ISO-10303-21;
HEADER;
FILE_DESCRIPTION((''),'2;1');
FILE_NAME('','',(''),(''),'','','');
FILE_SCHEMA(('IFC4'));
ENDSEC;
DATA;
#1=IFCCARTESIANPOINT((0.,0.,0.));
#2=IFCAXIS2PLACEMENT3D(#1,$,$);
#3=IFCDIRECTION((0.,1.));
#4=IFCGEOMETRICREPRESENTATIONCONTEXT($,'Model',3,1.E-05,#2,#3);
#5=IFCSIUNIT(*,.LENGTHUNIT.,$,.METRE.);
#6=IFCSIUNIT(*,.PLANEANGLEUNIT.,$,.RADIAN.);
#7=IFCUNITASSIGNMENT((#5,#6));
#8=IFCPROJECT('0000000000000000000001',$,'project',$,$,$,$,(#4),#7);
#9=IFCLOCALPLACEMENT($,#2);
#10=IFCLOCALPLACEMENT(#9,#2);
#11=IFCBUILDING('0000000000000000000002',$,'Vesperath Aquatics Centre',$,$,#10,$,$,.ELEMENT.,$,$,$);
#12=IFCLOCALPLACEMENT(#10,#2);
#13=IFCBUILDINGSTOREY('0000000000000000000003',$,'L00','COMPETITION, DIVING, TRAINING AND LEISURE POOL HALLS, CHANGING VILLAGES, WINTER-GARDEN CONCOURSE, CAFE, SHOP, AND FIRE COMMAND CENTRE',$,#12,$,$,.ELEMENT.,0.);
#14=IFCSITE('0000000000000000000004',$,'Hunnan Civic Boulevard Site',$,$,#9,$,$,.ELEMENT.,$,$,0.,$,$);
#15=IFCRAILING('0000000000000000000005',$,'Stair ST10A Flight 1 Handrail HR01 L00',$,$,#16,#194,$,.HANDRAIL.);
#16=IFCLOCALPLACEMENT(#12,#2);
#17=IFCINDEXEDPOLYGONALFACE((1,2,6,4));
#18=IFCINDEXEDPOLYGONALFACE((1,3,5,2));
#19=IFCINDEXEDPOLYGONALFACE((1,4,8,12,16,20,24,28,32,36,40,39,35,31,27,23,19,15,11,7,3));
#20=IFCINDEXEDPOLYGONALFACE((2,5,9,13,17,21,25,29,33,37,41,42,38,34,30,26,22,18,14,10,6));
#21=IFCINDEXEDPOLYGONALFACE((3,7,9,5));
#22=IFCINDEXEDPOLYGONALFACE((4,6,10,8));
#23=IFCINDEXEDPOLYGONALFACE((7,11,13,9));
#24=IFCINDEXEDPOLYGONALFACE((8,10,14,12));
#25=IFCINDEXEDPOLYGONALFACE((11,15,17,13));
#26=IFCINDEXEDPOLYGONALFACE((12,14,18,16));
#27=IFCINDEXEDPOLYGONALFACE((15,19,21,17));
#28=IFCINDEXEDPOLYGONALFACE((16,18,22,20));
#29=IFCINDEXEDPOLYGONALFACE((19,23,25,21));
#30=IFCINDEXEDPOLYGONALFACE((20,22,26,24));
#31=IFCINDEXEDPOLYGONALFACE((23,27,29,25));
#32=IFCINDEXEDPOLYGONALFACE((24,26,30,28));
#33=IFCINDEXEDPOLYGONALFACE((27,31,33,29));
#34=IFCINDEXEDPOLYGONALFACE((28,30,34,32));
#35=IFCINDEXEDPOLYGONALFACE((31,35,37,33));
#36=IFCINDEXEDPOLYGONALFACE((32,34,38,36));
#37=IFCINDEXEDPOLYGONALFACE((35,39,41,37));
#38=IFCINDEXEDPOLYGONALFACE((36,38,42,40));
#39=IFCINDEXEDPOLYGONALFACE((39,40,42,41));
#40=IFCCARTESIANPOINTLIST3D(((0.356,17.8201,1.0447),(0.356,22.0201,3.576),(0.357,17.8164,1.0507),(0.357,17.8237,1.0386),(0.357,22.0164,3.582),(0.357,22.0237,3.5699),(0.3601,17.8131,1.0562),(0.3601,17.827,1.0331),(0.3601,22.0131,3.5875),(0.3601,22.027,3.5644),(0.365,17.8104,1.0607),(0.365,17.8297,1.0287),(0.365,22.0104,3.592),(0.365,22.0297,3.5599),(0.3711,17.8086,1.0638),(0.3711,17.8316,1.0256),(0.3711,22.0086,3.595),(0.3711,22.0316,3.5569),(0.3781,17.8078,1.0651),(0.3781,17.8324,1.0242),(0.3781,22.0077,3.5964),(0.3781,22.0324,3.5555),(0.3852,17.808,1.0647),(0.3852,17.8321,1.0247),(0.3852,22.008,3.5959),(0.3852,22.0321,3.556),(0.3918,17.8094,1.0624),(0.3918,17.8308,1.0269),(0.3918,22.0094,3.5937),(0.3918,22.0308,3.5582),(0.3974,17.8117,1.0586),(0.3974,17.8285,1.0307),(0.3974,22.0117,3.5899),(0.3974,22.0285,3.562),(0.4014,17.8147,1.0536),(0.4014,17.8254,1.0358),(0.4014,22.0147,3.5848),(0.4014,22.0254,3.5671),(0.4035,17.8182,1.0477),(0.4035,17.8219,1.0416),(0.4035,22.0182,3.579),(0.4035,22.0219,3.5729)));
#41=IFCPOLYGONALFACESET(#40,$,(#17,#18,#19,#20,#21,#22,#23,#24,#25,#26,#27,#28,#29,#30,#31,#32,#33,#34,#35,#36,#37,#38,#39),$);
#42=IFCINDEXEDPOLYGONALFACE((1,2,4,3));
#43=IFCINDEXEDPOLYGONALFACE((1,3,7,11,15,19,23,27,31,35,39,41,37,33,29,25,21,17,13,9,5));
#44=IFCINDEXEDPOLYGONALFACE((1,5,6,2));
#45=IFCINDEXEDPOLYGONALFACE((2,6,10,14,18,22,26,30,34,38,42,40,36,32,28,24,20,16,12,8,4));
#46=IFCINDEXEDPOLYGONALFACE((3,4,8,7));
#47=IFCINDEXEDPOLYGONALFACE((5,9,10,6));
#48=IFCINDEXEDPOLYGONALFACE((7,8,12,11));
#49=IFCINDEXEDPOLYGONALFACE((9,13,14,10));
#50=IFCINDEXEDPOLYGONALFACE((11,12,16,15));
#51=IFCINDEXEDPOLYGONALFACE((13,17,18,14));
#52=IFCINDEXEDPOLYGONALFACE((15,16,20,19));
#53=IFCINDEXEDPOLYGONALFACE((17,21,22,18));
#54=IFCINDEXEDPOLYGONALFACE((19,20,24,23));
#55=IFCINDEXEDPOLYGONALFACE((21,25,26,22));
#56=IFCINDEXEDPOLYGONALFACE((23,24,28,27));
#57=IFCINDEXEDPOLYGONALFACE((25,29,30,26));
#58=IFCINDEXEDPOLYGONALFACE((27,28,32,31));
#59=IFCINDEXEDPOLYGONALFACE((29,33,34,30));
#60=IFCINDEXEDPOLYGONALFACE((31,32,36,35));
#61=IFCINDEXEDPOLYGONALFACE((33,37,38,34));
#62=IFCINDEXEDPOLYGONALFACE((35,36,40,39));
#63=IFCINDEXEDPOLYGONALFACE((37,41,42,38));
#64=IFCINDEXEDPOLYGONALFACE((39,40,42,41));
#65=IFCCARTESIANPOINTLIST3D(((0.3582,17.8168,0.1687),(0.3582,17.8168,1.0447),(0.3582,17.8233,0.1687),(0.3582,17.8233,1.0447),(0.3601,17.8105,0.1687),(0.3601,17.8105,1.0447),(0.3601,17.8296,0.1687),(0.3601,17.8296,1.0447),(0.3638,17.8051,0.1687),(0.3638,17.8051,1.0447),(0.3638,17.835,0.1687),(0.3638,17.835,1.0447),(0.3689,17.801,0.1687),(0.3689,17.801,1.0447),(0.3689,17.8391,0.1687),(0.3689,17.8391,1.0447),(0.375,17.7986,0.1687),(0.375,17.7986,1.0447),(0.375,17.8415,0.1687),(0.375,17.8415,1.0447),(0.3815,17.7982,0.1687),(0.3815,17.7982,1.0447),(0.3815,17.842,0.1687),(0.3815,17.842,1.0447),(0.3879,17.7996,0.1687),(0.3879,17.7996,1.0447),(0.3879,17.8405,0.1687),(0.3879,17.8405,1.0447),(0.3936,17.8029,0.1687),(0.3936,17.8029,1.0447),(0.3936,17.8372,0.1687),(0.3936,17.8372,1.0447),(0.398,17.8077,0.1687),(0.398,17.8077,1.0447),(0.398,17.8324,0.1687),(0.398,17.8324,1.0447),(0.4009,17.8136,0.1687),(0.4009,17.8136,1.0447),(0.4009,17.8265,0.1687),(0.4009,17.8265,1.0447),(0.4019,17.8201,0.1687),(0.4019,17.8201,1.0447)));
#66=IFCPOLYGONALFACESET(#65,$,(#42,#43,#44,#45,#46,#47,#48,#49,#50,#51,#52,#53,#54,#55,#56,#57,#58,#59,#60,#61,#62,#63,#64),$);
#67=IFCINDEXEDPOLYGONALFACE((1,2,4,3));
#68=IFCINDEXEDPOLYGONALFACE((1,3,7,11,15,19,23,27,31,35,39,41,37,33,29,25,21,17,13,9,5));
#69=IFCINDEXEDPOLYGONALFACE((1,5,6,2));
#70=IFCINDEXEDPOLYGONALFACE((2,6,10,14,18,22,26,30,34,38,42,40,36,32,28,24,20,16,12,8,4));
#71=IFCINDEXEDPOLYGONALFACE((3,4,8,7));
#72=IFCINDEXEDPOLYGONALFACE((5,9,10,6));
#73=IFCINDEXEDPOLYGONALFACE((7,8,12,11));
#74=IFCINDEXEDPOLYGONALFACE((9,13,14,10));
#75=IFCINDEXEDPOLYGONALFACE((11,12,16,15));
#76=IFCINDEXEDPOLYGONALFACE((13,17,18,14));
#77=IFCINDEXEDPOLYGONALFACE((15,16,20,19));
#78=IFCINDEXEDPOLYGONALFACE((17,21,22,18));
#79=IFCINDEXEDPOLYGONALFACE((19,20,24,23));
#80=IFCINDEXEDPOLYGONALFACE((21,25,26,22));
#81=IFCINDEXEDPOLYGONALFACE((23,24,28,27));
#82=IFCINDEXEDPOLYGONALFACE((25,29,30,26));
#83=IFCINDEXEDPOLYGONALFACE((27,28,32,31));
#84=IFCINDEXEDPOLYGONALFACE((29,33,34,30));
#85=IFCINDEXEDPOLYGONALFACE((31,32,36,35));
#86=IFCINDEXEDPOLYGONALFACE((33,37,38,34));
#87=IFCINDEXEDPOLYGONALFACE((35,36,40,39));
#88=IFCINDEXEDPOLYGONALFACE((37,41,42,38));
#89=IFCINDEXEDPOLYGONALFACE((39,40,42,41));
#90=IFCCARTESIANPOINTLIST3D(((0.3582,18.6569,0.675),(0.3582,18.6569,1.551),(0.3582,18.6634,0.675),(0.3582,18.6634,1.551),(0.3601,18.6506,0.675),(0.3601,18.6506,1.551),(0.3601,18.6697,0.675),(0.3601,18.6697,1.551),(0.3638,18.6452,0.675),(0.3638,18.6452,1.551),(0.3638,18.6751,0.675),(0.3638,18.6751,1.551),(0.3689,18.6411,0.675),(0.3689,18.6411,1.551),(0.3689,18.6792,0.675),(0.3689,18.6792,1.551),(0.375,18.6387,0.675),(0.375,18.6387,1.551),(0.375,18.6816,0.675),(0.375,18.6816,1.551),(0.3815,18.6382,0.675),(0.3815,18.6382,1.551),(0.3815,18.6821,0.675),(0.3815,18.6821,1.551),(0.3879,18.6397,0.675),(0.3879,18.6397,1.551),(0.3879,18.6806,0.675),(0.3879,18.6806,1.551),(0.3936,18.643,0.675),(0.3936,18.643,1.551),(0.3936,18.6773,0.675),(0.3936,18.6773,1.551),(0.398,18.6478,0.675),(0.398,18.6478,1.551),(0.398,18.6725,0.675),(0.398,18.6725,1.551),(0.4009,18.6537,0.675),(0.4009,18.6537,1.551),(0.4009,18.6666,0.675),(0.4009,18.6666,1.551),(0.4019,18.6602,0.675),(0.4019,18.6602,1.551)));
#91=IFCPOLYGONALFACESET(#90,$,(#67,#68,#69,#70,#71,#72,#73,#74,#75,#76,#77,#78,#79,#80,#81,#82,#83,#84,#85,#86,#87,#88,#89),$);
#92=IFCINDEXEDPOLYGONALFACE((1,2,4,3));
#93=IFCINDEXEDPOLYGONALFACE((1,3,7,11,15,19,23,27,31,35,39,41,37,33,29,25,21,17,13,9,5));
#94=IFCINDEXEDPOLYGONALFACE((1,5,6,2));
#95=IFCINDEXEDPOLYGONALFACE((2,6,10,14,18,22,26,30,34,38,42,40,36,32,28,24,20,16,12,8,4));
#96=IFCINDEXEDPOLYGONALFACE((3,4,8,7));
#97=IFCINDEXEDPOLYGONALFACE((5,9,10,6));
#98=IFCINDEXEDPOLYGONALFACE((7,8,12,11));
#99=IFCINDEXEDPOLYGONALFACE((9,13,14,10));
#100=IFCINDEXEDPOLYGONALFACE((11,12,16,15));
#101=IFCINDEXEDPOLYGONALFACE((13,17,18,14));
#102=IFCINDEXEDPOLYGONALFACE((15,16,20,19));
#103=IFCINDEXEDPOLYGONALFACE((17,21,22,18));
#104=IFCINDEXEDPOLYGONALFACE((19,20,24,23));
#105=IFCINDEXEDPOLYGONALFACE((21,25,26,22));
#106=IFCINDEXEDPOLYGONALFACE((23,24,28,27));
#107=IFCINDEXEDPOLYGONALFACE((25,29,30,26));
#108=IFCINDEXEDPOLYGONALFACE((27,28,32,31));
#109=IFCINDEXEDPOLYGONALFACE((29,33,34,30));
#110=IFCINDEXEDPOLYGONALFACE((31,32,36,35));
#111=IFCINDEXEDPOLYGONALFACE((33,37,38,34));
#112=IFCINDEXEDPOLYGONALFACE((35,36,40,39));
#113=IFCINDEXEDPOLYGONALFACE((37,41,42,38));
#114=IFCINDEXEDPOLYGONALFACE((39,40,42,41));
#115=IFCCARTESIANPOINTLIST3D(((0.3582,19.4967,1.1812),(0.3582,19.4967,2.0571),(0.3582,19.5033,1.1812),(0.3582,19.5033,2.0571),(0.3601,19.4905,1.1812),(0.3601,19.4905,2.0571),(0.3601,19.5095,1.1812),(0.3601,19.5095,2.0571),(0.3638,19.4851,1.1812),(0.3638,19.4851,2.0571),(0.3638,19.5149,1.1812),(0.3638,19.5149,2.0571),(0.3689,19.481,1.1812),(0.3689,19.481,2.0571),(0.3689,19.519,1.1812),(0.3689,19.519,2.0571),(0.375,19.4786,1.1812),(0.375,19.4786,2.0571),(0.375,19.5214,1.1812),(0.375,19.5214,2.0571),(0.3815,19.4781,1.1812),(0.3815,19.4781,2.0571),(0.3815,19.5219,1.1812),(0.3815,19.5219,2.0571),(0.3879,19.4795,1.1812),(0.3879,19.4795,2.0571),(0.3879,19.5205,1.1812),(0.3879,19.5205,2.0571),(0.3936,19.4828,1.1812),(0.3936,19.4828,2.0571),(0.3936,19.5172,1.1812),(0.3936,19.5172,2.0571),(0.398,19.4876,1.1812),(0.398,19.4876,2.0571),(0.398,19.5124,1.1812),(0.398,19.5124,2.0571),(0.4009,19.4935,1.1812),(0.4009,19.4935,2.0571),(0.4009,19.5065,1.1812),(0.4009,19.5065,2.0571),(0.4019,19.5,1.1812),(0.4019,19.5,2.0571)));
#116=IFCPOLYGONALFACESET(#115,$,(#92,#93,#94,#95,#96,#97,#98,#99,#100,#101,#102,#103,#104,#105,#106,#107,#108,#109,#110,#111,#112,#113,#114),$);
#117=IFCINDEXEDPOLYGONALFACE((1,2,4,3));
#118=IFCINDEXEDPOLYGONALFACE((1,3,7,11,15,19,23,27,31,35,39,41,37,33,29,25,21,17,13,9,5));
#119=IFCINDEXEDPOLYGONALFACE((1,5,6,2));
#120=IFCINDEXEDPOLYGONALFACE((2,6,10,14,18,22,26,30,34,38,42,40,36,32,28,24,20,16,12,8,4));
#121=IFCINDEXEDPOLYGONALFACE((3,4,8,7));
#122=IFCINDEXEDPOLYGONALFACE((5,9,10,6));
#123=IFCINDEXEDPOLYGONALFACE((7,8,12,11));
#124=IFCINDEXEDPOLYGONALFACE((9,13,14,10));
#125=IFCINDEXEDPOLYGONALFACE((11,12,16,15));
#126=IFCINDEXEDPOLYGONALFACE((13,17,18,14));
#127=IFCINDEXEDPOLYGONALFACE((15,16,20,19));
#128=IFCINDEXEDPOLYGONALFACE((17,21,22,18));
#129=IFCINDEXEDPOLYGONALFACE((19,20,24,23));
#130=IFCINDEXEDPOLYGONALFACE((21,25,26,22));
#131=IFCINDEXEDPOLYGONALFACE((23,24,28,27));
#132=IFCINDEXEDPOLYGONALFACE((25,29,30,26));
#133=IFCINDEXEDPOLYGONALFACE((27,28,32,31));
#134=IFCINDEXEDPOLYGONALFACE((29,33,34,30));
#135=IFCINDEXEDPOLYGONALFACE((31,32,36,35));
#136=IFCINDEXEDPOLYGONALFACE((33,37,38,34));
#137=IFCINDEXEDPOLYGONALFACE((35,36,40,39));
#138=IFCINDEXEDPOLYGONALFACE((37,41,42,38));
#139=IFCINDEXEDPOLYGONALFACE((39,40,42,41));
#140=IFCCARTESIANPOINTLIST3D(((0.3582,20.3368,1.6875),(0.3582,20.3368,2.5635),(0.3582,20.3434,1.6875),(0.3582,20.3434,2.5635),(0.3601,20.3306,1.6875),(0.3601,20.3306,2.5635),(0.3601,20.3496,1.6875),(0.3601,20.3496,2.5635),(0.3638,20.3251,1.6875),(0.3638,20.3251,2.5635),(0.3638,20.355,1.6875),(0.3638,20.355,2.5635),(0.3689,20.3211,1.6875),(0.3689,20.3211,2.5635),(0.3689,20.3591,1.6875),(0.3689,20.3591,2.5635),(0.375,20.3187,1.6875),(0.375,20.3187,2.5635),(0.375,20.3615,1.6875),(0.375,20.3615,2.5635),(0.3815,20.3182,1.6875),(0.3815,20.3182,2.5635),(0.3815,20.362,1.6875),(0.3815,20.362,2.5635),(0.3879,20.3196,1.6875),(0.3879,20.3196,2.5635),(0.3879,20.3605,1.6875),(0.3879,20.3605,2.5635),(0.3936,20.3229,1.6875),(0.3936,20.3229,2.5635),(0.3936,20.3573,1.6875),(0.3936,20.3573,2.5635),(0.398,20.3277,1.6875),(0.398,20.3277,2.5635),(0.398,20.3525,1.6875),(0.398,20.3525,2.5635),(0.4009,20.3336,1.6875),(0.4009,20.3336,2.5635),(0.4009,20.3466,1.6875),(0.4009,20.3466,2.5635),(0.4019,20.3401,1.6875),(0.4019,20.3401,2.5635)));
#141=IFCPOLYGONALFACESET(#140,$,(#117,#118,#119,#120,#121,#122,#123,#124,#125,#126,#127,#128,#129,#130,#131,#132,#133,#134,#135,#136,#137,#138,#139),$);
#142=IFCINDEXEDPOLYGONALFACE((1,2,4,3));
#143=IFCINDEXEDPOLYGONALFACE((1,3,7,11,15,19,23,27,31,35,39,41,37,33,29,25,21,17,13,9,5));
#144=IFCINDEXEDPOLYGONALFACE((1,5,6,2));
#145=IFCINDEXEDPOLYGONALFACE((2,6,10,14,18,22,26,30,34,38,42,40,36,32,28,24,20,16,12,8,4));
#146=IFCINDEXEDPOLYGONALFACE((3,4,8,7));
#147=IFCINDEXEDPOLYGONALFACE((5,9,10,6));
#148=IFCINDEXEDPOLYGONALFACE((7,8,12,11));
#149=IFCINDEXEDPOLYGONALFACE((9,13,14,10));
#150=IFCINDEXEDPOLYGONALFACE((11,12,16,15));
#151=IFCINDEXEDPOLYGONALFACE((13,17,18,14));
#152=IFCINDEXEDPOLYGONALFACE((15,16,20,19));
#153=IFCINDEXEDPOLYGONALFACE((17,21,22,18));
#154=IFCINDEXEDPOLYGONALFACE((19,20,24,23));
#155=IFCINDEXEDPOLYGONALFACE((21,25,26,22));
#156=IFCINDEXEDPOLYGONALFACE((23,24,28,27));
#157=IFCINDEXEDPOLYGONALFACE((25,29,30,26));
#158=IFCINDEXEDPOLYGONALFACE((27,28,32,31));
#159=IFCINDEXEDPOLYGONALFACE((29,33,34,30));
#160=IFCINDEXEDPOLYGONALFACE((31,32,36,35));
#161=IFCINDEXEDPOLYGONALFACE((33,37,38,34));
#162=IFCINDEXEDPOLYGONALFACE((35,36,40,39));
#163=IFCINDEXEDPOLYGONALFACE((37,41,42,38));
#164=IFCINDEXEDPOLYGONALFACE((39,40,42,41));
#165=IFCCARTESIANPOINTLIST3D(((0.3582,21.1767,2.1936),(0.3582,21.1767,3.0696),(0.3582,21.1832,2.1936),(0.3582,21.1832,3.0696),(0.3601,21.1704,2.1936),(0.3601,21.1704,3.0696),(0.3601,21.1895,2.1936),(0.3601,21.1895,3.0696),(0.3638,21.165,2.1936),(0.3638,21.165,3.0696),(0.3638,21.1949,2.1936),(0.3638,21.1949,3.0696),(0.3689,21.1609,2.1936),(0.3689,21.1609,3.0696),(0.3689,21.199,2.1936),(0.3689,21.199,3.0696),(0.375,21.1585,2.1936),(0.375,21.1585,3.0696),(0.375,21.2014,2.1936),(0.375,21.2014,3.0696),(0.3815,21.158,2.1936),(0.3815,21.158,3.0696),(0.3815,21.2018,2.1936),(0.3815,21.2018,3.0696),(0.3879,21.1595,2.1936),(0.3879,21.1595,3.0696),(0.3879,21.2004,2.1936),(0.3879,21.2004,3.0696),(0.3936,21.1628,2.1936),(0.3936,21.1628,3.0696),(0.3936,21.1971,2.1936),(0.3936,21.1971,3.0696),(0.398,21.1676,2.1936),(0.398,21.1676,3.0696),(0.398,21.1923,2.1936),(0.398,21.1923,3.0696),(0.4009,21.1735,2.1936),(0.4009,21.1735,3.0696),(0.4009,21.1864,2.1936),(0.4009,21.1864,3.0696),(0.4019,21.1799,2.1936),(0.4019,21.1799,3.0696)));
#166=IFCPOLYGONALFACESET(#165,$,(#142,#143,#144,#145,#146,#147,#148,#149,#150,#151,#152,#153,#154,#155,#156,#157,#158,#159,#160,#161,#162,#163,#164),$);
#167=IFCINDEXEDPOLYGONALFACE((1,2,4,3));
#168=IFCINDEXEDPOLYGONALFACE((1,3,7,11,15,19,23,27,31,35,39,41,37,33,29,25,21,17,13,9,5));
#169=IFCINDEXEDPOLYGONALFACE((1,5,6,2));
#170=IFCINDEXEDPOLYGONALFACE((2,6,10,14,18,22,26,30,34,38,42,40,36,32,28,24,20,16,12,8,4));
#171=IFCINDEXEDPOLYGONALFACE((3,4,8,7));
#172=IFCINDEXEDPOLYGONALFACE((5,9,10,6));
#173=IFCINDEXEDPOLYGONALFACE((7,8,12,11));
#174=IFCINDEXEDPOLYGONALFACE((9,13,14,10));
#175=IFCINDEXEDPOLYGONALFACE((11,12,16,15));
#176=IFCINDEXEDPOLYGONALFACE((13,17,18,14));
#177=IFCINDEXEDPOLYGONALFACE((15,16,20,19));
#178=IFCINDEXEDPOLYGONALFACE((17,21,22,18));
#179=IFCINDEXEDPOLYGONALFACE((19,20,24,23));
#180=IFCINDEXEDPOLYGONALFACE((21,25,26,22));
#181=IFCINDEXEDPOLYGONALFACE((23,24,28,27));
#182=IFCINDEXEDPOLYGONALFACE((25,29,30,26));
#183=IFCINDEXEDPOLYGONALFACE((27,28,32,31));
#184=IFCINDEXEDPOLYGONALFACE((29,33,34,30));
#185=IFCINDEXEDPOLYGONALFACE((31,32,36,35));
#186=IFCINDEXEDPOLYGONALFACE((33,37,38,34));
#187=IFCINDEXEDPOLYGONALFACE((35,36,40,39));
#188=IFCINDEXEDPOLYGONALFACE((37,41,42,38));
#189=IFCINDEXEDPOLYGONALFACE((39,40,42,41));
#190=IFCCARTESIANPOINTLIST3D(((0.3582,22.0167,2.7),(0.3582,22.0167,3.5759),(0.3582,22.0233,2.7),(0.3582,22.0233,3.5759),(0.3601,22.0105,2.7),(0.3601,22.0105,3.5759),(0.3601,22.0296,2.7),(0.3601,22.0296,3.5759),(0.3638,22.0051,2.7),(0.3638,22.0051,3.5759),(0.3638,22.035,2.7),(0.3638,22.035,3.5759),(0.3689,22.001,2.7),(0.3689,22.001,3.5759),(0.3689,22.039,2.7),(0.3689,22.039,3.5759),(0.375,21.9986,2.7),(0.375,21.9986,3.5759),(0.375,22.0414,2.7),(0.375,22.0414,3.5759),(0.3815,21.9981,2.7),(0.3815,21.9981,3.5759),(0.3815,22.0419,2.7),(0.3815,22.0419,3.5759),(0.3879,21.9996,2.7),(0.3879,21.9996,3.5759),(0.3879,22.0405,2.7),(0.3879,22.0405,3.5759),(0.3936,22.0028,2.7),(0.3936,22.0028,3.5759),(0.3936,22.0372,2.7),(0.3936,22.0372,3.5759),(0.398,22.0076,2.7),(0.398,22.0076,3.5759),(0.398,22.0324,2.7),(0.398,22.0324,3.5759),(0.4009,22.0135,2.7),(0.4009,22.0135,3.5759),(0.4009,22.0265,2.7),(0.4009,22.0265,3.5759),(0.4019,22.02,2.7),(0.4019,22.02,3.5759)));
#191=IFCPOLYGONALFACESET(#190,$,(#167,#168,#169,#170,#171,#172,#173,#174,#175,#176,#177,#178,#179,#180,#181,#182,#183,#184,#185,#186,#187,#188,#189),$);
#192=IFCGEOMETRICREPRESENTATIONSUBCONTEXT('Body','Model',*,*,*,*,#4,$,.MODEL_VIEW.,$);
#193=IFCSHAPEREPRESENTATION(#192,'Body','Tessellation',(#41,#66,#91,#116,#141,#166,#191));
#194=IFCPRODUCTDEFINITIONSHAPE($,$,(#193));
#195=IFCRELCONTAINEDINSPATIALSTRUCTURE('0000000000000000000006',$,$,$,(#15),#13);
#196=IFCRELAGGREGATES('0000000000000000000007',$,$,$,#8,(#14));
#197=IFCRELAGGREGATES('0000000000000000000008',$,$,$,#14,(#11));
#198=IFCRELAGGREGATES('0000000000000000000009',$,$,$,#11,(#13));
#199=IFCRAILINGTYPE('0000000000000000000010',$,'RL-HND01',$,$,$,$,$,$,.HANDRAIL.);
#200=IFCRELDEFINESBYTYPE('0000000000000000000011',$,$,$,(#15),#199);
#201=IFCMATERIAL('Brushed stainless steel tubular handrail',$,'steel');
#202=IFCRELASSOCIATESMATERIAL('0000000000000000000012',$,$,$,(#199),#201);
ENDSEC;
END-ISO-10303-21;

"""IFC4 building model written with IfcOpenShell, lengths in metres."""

from ifc_helpers import new_model, si_unit, direction, frame, origin, origin_2d, place, context, subcontext, project, spatial, circle, extrude, material, type_object, element, save


model = new_model("IFC4")

# Units and contexts
model_context = context("Model", 3, precision=1e-05, world=origin(), true_north=direction((0.0, 1.0)))
body_context = subcontext(model_context, "Body", "Model", "MODEL_VIEW")
ifc_project = project(units=[si_unit("LENGTHUNIT", "METRE"), si_unit("PLANEANGLEUNIT", "RADIAN")], contexts=[model_context])

# Site, building, storey
site_placement = place(None, origin())
site = spatial("IfcSite", under=ifc_project, at=site_placement, Name="Hunnan Civic Boulevard Site", CompositionType="ELEMENT", RefElevation=0.0)
building_placement = place(site_placement, origin())
building = spatial("IfcBuilding", under=site, at=building_placement, Name="Vesperath Aquatics Centre", CompositionType="ELEMENT")
storey_placement = place(building_placement, origin())
storey = spatial("IfcBuildingStorey", under=building, at=storey_placement, Name="L00", Description="COMPETITION, DIVING, TRAINING AND LEISURE POOL HALLS, CHANGING VILLAGES, WINTER-GARDEN CONCOURSE, CAFE, SHOP, AND FIRE COMMAND CENTRE", CompositionType="ELEMENT", Elevation=0.0)

# Railing
ifc_material_1 = material(Name="Brushed stainless steel tubular handrail", Category="steel")
railing_type_1 = type_object("IfcRailingType", Name="RL-HND01", PredefinedType="HANDRAIL", material=ifc_material_1)
railing_1_placement = place(storey_placement, frame((0.3799, 17.8201, 0.1687)))
element("IfcRailing", 1, at=railing_1_placement, inside=storey, type_object=railing_type_1, Name="Stair ST10A Flight 1 Handrail HR01 L00", PredefinedType="HANDRAIL", context=body_context, shape_type="SweptSolid", body=[
    extrude(circle(Radius=0.0239, at=origin_2d()), frame((0.0, 0.0, 0.876), z_axis=(0.0, 0.856476, 0.516186), x_axis=(-1.0, 0.0, 0.0)), (0.0, 0.0, 1.0), 4.9038),
    extrude(circle(Radius=0.022, at=origin_2d()), origin(), (0.0, 0.0, 1.0), 0.876),
    extrude(circle(Radius=0.022, at=origin_2d()), frame((0.0, 0.8401, 0.5063)), (0.0, 0.0, 1.0), 0.876),
    extrude(circle(Radius=0.022, at=origin_2d()), frame((0.0, 1.6799, 1.0125)), (0.0, 0.0, 1.0), 0.876),
    extrude(circle(Radius=0.022, at=origin_2d()), frame((0.0, 2.52, 1.5188)), (0.0, 0.0, 1.0), 0.876),
    extrude(circle(Radius=0.022, at=origin_2d()), frame((0.0, 3.3599, 2.0249)), (0.0, 0.0, 1.0), 0.876),
    extrude(circle(Radius=0.022, at=origin_2d()), frame((0.0, 4.2, 2.5312)), (0.0, 0.0, 1.0), 0.876),
])

save(model, "model.ifc")
